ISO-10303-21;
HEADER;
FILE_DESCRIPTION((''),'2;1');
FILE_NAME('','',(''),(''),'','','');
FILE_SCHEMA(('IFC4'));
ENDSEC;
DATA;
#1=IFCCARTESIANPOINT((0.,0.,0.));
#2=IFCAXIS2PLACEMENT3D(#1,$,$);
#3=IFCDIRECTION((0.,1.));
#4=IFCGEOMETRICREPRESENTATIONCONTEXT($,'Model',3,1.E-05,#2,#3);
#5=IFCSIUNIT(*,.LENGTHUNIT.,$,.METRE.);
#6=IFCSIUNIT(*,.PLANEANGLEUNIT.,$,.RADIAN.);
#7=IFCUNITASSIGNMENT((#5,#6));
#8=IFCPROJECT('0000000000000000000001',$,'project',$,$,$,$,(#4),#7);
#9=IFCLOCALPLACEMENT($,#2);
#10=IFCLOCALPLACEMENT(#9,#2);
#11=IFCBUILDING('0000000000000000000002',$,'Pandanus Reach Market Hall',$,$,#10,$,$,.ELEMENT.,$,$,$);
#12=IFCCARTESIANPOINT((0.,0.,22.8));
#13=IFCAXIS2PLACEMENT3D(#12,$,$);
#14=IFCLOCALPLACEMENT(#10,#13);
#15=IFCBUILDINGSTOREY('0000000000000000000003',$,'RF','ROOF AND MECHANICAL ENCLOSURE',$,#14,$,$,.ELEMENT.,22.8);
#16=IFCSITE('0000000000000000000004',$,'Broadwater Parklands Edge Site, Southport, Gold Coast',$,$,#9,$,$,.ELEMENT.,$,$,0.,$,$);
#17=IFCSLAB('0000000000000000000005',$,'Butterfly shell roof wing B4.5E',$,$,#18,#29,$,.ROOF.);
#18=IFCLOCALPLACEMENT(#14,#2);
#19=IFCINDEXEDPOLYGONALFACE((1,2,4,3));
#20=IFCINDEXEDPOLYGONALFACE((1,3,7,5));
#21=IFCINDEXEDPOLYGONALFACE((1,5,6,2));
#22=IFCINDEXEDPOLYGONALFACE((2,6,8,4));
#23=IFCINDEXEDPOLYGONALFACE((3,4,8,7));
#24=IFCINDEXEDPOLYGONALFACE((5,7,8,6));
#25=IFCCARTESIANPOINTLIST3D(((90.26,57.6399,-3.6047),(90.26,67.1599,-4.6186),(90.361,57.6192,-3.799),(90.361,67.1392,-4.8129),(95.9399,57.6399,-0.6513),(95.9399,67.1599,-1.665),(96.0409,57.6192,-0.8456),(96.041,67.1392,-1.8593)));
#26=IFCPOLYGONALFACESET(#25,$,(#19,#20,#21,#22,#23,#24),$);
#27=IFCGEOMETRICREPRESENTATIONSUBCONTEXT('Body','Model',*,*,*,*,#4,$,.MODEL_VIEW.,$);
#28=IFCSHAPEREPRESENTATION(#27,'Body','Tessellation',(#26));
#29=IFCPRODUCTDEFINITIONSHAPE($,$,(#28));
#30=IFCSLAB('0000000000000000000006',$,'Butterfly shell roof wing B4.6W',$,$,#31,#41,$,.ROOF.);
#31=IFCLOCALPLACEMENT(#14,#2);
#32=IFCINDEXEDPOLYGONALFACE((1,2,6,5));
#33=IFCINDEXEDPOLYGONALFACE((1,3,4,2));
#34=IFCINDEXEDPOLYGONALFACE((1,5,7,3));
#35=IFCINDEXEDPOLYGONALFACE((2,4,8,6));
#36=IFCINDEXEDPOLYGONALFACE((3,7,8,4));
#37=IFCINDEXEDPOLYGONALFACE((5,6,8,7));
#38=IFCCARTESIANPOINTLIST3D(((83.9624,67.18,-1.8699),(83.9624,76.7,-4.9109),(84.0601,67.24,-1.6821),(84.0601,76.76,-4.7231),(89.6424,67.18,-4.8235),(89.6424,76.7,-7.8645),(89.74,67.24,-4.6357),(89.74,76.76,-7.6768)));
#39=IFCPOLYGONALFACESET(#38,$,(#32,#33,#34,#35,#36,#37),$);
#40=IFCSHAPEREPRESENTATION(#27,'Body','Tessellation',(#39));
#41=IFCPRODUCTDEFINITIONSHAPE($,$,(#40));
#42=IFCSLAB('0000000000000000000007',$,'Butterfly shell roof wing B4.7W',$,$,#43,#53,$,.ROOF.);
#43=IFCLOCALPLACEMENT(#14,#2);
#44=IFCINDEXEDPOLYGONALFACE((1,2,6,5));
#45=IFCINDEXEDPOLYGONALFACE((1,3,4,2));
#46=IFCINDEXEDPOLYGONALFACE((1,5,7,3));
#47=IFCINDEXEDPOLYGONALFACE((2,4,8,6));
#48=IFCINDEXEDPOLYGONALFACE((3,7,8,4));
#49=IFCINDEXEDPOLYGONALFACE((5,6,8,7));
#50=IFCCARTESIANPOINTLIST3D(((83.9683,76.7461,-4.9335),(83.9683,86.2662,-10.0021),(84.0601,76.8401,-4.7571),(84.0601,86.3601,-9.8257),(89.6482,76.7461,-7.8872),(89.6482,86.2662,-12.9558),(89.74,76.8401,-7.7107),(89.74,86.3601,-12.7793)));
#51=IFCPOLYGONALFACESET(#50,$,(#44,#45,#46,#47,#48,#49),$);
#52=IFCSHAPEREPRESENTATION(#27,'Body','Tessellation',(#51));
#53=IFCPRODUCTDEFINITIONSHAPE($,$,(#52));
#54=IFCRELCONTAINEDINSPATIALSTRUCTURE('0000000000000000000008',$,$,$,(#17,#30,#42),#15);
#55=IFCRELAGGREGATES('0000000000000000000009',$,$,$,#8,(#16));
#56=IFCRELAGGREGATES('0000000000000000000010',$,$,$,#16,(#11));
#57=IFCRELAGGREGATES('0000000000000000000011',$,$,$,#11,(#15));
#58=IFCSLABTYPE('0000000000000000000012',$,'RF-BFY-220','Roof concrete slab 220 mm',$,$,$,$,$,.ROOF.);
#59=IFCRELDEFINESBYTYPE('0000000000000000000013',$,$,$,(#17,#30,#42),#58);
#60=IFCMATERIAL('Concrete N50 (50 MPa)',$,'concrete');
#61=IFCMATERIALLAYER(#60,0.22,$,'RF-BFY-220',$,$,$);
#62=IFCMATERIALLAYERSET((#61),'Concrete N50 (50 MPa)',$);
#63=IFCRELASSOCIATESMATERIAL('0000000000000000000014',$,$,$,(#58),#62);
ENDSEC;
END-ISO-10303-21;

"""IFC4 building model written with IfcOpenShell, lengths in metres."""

from ifc_helpers import new_model, si_unit, direction, frame, origin, place, context, subcontext, project, spatial, polyline, outline, extrude, material, layer, layer_set, type_object, element, save


model = new_model("IFC4")

# Units and contexts
model_context = context("Model", 3, precision=1e-05, world=origin(), true_north=direction((0.0, 1.0)))
body_context = subcontext(model_context, "Body", "Model", "MODEL_VIEW")
ifc_project = project(units=[si_unit("LENGTHUNIT", "METRE"), si_unit("PLANEANGLEUNIT", "RADIAN")], contexts=[model_context])

# Site, building, storey
site_placement = place(None, origin())
site = spatial("IfcSite", under=ifc_project, at=site_placement, Name="Broadwater Parklands Edge Site, Southport, Gold Coast", CompositionType="ELEMENT", RefElevation=0.0)
building_placement = place(site_placement, origin())
building = spatial("IfcBuilding", under=site, at=building_placement, Name="Pandanus Reach Market Hall", CompositionType="ELEMENT")
storey_placement = place(building_placement, frame((0.0, 0.0, 22.8)))
storey = spatial("IfcBuildingStorey", under=building, at=storey_placement, Name="RF", Description="ROOF AND MECHANICAL ENCLOSURE", CompositionType="ELEMENT", Elevation=22.8)

# Slabs
ifc_material = material(Name="Concrete N50 (50 MPa)", Category="concrete")
ifc_layer_1 = layer(ifc_material, 0.22, Name="RF-BFY-220")
ifc_layer_set_1 = layer_set([ifc_layer_1], Name="Concrete N50 (50 MPa)")
slab_type_1 = type_object("IfcSlabType", Name="RF-BFY-220", Description="Roof concrete slab 220 mm", PredefinedType="ROOF", material=ifc_layer_set_1)
slab_1_placement = place(storey_placement, frame((90.26, 57.6399, -3.6047), z_axis=(-0.459298, 0.094062, 0.883288), x_axis=(0.887222, 0.000002, 0.461344)))
element("IfcSlab", 1, at=slab_1_placement, inside=storey, type_object=slab_type_1, Name="Butterfly shell roof wing B4.5E", PredefinedType="ROOF", context=body_context, shape_type="SweptSolid", body=[
    extrude(outline(polyline([(0.0, 0.0), (6.4019, 0.0), (5.9342, 9.5624), (-0.4677, 9.5624), (0.0, 0.0)])), origin(), (0.0, 0.0, -1.0), 0.22),
])
slab_2_placement = place(storey_placement, frame((84.0601, 67.24, -1.6821), z_axis=(0.443877, 0.272667, 0.853596), x_axis=(0.887214, 0.0, -0.461359)))
element("IfcSlab", 2, at=slab_2_placement, inside=storey, type_object=slab_type_1, Name="Butterfly shell roof wing B4.6W", PredefinedType="ROOF", context=body_context, shape_type="SweptSolid", body=[
    extrude(outline(polyline([(0.0, 0.0), (6.402, 0.0), (7.805, 9.895), (1.403, 9.895), (0.0, 0.0)])), origin(), (0.0, 0.0, -1.0), 0.22),
])
slab_3_placement = place(storey_placement, frame((84.0601, 76.8401, -4.7571), z_axis=(0.41716, 0.427113, 0.802217), x_axis=(0.887214, 0.0, -0.461359)))
element("IfcSlab", 3, at=slab_3_placement, inside=storey, type_object=slab_type_1, Name="Butterfly shell roof wing B4.7W", PredefinedType="ROOF", context=body_context, shape_type="SweptSolid", body=[
    extrude(outline(polyline([(0.0, 0.0), (6.402, 0.0), (8.7404, 10.5287), (2.3384, 10.5287), (0.0, 0.0)])), origin(), (0.0, 0.0, -1.0), 0.22),
])

save(model, "model.ifc")
